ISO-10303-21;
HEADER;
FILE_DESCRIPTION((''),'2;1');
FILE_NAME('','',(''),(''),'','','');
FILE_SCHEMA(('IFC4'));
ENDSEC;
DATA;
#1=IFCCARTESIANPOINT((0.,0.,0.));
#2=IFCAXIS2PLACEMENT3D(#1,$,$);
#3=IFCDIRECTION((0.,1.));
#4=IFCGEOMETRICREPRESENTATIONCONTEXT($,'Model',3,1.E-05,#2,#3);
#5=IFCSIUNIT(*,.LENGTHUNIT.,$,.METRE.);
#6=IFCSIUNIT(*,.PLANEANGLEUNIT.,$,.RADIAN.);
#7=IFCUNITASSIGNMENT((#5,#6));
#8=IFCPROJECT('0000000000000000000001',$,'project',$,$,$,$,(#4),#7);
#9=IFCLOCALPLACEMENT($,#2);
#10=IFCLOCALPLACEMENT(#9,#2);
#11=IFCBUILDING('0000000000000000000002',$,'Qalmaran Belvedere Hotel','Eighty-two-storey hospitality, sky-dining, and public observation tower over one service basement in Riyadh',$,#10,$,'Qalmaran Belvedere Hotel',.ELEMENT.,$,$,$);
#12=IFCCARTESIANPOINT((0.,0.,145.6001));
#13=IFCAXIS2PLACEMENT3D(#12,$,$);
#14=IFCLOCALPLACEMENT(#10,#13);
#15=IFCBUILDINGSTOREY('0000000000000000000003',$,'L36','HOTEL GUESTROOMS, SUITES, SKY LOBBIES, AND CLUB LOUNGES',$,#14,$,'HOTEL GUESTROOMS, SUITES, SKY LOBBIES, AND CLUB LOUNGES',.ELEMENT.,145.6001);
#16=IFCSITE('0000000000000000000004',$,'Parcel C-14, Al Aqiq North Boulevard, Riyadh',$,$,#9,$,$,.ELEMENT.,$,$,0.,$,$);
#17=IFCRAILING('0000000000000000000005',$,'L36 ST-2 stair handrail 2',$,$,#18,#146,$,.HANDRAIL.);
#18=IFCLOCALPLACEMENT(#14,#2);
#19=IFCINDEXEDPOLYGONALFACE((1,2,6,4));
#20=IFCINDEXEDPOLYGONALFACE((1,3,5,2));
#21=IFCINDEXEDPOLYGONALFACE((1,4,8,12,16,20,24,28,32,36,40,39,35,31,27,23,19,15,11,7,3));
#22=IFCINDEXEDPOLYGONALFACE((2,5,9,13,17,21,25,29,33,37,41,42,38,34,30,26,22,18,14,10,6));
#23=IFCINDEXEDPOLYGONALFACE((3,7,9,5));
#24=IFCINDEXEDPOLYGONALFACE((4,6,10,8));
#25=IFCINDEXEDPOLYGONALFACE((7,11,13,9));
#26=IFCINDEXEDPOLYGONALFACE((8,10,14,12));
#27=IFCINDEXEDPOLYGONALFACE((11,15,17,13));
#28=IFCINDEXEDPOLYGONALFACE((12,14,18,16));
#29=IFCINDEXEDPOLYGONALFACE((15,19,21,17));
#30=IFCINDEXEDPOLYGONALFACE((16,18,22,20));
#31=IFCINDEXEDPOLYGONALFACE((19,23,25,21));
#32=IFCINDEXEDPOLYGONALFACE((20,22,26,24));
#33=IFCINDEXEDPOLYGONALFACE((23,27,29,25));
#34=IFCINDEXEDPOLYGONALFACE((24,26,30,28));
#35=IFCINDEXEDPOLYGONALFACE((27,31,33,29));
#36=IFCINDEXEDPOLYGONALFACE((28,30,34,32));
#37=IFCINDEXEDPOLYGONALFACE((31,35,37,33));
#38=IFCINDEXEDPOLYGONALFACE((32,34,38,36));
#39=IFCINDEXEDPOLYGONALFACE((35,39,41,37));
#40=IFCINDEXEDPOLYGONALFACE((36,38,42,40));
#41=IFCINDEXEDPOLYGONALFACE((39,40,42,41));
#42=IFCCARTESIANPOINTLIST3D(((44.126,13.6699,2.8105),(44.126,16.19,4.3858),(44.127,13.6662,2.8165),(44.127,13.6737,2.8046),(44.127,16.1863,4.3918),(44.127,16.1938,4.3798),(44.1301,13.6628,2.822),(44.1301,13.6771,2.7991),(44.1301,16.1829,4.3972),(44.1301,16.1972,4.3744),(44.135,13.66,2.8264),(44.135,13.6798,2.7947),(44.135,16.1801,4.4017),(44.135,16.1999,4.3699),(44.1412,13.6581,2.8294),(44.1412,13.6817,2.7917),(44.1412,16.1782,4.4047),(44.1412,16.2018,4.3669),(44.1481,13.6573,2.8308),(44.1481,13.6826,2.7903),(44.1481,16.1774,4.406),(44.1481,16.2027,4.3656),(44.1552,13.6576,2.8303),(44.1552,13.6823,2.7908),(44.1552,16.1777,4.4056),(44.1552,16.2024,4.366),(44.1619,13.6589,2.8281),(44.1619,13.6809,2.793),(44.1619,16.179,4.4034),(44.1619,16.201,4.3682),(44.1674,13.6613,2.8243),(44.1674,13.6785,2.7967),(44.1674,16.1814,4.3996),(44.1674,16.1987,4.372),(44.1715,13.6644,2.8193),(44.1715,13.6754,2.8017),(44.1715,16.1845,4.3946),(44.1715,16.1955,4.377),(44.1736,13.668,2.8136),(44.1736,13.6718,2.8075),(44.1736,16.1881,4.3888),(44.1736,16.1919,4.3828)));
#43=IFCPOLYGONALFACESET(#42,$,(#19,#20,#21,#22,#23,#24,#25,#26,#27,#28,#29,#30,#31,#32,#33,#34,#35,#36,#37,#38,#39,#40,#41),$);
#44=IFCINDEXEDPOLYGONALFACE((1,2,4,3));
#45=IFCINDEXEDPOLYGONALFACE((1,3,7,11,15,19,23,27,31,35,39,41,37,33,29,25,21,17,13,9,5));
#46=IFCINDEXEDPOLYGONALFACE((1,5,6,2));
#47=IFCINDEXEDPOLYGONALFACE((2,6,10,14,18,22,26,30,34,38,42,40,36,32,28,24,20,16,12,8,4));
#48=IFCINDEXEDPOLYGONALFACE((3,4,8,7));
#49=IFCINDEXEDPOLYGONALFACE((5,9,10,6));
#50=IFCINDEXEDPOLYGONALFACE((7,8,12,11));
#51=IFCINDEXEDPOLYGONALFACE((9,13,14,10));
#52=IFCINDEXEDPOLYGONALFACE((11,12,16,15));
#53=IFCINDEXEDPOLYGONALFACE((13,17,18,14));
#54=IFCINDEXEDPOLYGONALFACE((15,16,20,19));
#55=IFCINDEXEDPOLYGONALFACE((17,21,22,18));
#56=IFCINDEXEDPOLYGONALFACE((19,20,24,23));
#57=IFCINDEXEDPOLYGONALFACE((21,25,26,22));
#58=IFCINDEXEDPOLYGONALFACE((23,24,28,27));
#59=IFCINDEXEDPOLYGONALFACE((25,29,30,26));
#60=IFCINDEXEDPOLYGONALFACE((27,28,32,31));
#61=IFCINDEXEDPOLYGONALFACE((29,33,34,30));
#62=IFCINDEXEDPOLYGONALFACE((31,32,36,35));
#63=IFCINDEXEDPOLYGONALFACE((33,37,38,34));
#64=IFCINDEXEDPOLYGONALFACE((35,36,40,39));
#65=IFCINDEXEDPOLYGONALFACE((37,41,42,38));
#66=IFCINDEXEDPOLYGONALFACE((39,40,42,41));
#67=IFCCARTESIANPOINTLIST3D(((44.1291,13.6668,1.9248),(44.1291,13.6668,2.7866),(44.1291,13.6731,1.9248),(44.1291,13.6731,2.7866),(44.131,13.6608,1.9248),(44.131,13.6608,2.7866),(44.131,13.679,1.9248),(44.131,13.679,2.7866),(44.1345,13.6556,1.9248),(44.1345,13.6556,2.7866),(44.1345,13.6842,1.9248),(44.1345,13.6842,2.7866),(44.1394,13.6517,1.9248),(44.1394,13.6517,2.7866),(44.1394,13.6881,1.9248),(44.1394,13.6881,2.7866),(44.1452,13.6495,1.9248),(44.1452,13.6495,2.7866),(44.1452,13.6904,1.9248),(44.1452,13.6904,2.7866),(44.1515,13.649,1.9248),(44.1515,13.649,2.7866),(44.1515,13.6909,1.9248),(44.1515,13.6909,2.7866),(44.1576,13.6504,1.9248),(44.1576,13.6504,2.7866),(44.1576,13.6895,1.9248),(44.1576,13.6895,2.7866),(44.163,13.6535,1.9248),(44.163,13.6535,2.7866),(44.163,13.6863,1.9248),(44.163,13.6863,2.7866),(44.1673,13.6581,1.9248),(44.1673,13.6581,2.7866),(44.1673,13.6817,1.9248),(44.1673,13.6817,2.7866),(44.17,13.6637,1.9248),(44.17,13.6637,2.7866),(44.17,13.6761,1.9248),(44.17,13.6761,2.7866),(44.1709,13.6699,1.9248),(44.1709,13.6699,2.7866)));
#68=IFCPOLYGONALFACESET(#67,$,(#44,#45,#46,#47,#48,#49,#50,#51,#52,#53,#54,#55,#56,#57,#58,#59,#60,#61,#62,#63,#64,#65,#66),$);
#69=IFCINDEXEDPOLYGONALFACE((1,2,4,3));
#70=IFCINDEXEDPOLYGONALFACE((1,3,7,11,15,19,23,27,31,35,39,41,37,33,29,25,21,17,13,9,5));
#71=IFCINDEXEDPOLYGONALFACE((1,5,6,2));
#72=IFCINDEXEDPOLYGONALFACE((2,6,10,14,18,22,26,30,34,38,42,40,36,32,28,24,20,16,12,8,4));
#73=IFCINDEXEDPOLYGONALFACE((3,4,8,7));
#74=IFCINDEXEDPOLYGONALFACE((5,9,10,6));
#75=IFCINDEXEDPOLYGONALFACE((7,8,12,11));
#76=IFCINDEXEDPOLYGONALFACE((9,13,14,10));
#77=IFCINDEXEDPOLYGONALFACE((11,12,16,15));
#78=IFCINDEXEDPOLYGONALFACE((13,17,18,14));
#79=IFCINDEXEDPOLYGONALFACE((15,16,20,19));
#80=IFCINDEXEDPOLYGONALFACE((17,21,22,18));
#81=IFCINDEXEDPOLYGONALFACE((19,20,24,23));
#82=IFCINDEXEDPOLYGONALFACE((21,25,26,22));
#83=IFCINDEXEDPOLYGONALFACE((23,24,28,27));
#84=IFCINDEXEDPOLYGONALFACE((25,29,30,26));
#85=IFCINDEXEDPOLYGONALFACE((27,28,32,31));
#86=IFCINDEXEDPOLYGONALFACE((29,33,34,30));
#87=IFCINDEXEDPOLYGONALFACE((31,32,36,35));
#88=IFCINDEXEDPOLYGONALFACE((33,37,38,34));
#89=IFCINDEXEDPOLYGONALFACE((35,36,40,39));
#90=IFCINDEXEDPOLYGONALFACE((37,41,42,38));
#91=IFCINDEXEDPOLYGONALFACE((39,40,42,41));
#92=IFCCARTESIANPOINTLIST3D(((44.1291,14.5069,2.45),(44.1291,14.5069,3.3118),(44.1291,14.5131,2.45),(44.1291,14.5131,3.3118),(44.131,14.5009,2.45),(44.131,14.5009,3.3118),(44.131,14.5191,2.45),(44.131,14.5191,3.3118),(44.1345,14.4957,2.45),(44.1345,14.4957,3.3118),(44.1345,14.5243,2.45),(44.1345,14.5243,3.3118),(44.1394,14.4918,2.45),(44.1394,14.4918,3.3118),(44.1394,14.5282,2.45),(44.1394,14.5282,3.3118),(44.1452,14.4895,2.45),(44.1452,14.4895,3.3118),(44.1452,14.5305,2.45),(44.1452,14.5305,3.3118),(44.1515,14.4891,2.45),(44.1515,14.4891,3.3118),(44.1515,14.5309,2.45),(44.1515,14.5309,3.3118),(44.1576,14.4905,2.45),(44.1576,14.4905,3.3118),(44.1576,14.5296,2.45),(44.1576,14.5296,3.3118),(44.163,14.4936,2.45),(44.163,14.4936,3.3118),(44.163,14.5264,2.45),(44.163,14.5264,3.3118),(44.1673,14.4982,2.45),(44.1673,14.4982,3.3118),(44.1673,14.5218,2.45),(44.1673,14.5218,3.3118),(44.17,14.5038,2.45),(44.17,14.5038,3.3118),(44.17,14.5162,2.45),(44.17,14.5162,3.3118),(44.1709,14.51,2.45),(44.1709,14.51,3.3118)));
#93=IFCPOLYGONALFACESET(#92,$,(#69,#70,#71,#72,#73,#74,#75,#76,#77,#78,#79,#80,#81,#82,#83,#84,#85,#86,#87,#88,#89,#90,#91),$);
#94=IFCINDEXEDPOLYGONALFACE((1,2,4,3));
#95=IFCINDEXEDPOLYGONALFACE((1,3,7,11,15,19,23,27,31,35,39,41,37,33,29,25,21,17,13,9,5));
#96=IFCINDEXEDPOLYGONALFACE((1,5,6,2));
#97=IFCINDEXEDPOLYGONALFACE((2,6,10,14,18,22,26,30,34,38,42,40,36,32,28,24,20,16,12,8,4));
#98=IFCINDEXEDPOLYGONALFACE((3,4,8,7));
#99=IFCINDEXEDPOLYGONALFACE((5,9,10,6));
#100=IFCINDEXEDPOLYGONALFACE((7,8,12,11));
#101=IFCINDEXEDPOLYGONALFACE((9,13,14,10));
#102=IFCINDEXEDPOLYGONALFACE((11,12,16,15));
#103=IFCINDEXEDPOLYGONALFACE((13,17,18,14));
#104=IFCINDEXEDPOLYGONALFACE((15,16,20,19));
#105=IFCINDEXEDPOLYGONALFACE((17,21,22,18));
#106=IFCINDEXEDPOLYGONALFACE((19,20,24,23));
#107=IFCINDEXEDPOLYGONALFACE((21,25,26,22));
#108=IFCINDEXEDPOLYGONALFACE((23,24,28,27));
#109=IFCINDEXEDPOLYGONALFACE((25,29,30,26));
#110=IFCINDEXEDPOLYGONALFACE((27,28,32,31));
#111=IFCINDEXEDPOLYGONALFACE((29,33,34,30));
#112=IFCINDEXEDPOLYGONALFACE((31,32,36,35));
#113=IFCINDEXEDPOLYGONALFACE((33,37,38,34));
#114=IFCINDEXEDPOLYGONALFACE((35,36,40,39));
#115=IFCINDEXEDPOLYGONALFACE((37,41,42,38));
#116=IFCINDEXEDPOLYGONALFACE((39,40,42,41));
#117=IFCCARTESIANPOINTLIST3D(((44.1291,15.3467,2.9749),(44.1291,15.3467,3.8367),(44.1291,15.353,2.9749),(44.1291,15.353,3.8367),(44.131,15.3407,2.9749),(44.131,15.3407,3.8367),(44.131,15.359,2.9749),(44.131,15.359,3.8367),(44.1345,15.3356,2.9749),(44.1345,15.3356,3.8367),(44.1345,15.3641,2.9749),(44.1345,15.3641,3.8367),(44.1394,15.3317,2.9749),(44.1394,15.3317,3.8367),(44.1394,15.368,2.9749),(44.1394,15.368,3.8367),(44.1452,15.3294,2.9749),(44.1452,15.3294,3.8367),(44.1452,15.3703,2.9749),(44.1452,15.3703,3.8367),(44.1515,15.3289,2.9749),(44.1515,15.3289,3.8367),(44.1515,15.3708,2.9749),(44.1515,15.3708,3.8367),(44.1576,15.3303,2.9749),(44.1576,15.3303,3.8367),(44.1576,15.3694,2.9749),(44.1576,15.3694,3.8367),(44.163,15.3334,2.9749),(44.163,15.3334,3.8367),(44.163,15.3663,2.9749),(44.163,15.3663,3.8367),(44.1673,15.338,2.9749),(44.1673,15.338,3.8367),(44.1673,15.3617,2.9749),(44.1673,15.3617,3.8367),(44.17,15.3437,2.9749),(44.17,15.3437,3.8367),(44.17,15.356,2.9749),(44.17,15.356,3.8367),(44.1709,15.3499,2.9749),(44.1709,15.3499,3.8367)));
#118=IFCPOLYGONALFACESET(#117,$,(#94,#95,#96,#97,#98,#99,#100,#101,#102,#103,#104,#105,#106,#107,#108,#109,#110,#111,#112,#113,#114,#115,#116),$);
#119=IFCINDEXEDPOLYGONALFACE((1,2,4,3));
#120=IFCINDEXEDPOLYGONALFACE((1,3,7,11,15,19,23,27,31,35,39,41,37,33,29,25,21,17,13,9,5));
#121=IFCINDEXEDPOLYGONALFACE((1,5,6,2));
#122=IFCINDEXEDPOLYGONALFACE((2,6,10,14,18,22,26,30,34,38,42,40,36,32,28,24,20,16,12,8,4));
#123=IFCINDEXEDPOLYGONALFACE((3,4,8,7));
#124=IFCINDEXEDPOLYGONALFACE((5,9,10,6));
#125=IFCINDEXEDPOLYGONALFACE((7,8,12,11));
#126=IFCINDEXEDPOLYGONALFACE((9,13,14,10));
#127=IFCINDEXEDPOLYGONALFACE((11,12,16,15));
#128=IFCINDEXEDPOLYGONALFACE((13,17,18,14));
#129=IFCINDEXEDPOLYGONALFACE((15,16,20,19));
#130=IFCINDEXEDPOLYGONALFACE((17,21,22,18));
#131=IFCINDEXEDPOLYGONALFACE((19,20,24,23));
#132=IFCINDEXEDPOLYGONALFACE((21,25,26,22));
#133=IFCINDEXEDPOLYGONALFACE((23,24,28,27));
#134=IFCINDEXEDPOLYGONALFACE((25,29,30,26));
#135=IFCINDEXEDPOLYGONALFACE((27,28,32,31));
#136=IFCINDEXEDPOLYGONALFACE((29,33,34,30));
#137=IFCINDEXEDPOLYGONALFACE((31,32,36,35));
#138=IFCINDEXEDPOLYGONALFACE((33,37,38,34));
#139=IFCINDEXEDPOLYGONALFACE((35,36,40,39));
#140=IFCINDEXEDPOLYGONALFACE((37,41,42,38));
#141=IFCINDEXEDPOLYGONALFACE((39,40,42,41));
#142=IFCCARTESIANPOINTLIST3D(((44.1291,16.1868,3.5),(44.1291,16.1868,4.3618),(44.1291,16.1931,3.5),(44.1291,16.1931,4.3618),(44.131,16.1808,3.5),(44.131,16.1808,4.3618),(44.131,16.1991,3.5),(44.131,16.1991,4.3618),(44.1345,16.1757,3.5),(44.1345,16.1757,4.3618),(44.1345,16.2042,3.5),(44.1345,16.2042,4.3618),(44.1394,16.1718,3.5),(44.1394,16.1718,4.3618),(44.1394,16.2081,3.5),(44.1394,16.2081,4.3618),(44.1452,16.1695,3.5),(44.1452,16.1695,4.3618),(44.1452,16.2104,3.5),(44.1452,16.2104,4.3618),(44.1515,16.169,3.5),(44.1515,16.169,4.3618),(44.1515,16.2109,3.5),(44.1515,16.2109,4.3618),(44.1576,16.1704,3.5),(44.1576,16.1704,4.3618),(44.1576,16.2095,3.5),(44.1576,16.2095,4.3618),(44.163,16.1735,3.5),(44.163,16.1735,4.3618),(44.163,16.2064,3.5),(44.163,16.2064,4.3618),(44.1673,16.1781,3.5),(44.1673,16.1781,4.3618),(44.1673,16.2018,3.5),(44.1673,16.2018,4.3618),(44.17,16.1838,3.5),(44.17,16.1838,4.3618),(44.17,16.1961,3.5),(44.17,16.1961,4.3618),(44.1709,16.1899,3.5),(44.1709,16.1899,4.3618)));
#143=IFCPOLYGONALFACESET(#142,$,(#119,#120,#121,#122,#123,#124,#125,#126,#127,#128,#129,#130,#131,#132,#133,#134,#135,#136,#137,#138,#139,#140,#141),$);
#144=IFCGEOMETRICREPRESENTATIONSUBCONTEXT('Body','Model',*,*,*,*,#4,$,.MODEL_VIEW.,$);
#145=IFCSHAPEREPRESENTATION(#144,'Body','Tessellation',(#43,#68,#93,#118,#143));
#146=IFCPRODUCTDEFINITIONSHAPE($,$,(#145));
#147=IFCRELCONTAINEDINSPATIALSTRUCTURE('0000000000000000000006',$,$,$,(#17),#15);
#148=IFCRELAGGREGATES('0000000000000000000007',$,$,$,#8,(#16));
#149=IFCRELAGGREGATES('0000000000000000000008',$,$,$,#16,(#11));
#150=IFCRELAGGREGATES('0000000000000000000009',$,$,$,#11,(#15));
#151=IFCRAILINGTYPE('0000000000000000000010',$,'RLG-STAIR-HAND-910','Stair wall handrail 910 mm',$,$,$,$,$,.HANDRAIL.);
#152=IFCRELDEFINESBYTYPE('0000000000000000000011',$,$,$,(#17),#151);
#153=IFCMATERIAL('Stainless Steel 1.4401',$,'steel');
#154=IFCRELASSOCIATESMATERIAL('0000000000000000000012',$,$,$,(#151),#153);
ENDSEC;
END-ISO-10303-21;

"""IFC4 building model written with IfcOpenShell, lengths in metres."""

from ifc_helpers import new_model, si_unit, direction, frame, origin, origin_2d, place, context, subcontext, project, spatial, circle, extrude, material, type_object, element, save


model = new_model("IFC4")

# Units and contexts
model_context = context("Model", 3, precision=1e-05, world=origin(), true_north=direction((0.0, 1.0)))
body_context = subcontext(model_context, "Body", "Model", "MODEL_VIEW")
ifc_project = project(units=[si_unit("LENGTHUNIT", "METRE"), si_unit("PLANEANGLEUNIT", "RADIAN")], contexts=[model_context])

# Site, building, storey
site_placement = place(None, origin())
site = spatial("IfcSite", under=ifc_project, at=site_placement, Name="Parcel C-14, Al Aqiq North Boulevard, Riyadh", CompositionType="ELEMENT", RefElevation=0.0)
building_placement = place(site_placement, origin())
building = spatial("IfcBuilding", under=site, at=building_placement, Name="Qalmaran Belvedere Hotel", Description="Eighty-two-storey hospitality, sky-dining, and public observation tower over one service basement in Riyadh", LongName="Qalmaran Belvedere Hotel", CompositionType="ELEMENT")
storey_placement = place(building_placement, frame((0.0, 0.0, 145.6001)))
storey = spatial("IfcBuildingStorey", under=building, at=storey_placement, Name="L36", Description="HOTEL GUESTROOMS, SUITES, SKY LOBBIES, AND CLUB LOUNGES", LongName="HOTEL GUESTROOMS, SUITES, SKY LOBBIES, AND CLUB LOUNGES", CompositionType="ELEMENT", Elevation=145.6001)

# Shared definitions
ifc_material_1 = material(Name="Stainless Steel 1.4401", Category="steel")

# Railing
railing_type_1 = type_object("IfcRailingType", Name="RLG-STAIR-HAND-910", Description="Stair wall handrail 910 mm", PredefinedType="HANDRAIL", material=ifc_material_1)
railing_1_placement = place(storey_placement, frame((44.1499, 13.6699, 1.9248)))
element("IfcRailing", 1, at=railing_1_placement, inside=storey, type_object=railing_type_1, Name="L36 ST-2 stair handrail 2", PredefinedType="HANDRAIL", context=body_context, shape_type="SweptSolid", body=[
    extrude(circle(Radius=0.0239, at=origin_2d()), frame((0.0, 0.0, 0.8857), z_axis=(0.0, 0.847971, 0.530043), x_axis=(-1.0, 0.0, 0.0)), (0.0, 0.0, 1.0), 2.9719),
    extrude(circle(Radius=0.021, at=origin_2d()), origin(), (0.0, 0.0, 1.0), 0.8618),
    extrude(circle(Radius=0.021, at=origin_2d()), frame((0.0, 0.8401, 0.5251)), (0.0, 0.0, 1.0), 0.8618),
    extrude(circle(Radius=0.021, at=origin_2d()), frame((0.0, 1.6799, 1.05)), (0.0, 0.0, 1.0), 0.8618),
    extrude(circle(Radius=0.021, at=origin_2d()), frame((0.0, 2.52, 1.5752)), (0.0, 0.0, 1.0), 0.8618),
])

save(model, "model.ifc")
